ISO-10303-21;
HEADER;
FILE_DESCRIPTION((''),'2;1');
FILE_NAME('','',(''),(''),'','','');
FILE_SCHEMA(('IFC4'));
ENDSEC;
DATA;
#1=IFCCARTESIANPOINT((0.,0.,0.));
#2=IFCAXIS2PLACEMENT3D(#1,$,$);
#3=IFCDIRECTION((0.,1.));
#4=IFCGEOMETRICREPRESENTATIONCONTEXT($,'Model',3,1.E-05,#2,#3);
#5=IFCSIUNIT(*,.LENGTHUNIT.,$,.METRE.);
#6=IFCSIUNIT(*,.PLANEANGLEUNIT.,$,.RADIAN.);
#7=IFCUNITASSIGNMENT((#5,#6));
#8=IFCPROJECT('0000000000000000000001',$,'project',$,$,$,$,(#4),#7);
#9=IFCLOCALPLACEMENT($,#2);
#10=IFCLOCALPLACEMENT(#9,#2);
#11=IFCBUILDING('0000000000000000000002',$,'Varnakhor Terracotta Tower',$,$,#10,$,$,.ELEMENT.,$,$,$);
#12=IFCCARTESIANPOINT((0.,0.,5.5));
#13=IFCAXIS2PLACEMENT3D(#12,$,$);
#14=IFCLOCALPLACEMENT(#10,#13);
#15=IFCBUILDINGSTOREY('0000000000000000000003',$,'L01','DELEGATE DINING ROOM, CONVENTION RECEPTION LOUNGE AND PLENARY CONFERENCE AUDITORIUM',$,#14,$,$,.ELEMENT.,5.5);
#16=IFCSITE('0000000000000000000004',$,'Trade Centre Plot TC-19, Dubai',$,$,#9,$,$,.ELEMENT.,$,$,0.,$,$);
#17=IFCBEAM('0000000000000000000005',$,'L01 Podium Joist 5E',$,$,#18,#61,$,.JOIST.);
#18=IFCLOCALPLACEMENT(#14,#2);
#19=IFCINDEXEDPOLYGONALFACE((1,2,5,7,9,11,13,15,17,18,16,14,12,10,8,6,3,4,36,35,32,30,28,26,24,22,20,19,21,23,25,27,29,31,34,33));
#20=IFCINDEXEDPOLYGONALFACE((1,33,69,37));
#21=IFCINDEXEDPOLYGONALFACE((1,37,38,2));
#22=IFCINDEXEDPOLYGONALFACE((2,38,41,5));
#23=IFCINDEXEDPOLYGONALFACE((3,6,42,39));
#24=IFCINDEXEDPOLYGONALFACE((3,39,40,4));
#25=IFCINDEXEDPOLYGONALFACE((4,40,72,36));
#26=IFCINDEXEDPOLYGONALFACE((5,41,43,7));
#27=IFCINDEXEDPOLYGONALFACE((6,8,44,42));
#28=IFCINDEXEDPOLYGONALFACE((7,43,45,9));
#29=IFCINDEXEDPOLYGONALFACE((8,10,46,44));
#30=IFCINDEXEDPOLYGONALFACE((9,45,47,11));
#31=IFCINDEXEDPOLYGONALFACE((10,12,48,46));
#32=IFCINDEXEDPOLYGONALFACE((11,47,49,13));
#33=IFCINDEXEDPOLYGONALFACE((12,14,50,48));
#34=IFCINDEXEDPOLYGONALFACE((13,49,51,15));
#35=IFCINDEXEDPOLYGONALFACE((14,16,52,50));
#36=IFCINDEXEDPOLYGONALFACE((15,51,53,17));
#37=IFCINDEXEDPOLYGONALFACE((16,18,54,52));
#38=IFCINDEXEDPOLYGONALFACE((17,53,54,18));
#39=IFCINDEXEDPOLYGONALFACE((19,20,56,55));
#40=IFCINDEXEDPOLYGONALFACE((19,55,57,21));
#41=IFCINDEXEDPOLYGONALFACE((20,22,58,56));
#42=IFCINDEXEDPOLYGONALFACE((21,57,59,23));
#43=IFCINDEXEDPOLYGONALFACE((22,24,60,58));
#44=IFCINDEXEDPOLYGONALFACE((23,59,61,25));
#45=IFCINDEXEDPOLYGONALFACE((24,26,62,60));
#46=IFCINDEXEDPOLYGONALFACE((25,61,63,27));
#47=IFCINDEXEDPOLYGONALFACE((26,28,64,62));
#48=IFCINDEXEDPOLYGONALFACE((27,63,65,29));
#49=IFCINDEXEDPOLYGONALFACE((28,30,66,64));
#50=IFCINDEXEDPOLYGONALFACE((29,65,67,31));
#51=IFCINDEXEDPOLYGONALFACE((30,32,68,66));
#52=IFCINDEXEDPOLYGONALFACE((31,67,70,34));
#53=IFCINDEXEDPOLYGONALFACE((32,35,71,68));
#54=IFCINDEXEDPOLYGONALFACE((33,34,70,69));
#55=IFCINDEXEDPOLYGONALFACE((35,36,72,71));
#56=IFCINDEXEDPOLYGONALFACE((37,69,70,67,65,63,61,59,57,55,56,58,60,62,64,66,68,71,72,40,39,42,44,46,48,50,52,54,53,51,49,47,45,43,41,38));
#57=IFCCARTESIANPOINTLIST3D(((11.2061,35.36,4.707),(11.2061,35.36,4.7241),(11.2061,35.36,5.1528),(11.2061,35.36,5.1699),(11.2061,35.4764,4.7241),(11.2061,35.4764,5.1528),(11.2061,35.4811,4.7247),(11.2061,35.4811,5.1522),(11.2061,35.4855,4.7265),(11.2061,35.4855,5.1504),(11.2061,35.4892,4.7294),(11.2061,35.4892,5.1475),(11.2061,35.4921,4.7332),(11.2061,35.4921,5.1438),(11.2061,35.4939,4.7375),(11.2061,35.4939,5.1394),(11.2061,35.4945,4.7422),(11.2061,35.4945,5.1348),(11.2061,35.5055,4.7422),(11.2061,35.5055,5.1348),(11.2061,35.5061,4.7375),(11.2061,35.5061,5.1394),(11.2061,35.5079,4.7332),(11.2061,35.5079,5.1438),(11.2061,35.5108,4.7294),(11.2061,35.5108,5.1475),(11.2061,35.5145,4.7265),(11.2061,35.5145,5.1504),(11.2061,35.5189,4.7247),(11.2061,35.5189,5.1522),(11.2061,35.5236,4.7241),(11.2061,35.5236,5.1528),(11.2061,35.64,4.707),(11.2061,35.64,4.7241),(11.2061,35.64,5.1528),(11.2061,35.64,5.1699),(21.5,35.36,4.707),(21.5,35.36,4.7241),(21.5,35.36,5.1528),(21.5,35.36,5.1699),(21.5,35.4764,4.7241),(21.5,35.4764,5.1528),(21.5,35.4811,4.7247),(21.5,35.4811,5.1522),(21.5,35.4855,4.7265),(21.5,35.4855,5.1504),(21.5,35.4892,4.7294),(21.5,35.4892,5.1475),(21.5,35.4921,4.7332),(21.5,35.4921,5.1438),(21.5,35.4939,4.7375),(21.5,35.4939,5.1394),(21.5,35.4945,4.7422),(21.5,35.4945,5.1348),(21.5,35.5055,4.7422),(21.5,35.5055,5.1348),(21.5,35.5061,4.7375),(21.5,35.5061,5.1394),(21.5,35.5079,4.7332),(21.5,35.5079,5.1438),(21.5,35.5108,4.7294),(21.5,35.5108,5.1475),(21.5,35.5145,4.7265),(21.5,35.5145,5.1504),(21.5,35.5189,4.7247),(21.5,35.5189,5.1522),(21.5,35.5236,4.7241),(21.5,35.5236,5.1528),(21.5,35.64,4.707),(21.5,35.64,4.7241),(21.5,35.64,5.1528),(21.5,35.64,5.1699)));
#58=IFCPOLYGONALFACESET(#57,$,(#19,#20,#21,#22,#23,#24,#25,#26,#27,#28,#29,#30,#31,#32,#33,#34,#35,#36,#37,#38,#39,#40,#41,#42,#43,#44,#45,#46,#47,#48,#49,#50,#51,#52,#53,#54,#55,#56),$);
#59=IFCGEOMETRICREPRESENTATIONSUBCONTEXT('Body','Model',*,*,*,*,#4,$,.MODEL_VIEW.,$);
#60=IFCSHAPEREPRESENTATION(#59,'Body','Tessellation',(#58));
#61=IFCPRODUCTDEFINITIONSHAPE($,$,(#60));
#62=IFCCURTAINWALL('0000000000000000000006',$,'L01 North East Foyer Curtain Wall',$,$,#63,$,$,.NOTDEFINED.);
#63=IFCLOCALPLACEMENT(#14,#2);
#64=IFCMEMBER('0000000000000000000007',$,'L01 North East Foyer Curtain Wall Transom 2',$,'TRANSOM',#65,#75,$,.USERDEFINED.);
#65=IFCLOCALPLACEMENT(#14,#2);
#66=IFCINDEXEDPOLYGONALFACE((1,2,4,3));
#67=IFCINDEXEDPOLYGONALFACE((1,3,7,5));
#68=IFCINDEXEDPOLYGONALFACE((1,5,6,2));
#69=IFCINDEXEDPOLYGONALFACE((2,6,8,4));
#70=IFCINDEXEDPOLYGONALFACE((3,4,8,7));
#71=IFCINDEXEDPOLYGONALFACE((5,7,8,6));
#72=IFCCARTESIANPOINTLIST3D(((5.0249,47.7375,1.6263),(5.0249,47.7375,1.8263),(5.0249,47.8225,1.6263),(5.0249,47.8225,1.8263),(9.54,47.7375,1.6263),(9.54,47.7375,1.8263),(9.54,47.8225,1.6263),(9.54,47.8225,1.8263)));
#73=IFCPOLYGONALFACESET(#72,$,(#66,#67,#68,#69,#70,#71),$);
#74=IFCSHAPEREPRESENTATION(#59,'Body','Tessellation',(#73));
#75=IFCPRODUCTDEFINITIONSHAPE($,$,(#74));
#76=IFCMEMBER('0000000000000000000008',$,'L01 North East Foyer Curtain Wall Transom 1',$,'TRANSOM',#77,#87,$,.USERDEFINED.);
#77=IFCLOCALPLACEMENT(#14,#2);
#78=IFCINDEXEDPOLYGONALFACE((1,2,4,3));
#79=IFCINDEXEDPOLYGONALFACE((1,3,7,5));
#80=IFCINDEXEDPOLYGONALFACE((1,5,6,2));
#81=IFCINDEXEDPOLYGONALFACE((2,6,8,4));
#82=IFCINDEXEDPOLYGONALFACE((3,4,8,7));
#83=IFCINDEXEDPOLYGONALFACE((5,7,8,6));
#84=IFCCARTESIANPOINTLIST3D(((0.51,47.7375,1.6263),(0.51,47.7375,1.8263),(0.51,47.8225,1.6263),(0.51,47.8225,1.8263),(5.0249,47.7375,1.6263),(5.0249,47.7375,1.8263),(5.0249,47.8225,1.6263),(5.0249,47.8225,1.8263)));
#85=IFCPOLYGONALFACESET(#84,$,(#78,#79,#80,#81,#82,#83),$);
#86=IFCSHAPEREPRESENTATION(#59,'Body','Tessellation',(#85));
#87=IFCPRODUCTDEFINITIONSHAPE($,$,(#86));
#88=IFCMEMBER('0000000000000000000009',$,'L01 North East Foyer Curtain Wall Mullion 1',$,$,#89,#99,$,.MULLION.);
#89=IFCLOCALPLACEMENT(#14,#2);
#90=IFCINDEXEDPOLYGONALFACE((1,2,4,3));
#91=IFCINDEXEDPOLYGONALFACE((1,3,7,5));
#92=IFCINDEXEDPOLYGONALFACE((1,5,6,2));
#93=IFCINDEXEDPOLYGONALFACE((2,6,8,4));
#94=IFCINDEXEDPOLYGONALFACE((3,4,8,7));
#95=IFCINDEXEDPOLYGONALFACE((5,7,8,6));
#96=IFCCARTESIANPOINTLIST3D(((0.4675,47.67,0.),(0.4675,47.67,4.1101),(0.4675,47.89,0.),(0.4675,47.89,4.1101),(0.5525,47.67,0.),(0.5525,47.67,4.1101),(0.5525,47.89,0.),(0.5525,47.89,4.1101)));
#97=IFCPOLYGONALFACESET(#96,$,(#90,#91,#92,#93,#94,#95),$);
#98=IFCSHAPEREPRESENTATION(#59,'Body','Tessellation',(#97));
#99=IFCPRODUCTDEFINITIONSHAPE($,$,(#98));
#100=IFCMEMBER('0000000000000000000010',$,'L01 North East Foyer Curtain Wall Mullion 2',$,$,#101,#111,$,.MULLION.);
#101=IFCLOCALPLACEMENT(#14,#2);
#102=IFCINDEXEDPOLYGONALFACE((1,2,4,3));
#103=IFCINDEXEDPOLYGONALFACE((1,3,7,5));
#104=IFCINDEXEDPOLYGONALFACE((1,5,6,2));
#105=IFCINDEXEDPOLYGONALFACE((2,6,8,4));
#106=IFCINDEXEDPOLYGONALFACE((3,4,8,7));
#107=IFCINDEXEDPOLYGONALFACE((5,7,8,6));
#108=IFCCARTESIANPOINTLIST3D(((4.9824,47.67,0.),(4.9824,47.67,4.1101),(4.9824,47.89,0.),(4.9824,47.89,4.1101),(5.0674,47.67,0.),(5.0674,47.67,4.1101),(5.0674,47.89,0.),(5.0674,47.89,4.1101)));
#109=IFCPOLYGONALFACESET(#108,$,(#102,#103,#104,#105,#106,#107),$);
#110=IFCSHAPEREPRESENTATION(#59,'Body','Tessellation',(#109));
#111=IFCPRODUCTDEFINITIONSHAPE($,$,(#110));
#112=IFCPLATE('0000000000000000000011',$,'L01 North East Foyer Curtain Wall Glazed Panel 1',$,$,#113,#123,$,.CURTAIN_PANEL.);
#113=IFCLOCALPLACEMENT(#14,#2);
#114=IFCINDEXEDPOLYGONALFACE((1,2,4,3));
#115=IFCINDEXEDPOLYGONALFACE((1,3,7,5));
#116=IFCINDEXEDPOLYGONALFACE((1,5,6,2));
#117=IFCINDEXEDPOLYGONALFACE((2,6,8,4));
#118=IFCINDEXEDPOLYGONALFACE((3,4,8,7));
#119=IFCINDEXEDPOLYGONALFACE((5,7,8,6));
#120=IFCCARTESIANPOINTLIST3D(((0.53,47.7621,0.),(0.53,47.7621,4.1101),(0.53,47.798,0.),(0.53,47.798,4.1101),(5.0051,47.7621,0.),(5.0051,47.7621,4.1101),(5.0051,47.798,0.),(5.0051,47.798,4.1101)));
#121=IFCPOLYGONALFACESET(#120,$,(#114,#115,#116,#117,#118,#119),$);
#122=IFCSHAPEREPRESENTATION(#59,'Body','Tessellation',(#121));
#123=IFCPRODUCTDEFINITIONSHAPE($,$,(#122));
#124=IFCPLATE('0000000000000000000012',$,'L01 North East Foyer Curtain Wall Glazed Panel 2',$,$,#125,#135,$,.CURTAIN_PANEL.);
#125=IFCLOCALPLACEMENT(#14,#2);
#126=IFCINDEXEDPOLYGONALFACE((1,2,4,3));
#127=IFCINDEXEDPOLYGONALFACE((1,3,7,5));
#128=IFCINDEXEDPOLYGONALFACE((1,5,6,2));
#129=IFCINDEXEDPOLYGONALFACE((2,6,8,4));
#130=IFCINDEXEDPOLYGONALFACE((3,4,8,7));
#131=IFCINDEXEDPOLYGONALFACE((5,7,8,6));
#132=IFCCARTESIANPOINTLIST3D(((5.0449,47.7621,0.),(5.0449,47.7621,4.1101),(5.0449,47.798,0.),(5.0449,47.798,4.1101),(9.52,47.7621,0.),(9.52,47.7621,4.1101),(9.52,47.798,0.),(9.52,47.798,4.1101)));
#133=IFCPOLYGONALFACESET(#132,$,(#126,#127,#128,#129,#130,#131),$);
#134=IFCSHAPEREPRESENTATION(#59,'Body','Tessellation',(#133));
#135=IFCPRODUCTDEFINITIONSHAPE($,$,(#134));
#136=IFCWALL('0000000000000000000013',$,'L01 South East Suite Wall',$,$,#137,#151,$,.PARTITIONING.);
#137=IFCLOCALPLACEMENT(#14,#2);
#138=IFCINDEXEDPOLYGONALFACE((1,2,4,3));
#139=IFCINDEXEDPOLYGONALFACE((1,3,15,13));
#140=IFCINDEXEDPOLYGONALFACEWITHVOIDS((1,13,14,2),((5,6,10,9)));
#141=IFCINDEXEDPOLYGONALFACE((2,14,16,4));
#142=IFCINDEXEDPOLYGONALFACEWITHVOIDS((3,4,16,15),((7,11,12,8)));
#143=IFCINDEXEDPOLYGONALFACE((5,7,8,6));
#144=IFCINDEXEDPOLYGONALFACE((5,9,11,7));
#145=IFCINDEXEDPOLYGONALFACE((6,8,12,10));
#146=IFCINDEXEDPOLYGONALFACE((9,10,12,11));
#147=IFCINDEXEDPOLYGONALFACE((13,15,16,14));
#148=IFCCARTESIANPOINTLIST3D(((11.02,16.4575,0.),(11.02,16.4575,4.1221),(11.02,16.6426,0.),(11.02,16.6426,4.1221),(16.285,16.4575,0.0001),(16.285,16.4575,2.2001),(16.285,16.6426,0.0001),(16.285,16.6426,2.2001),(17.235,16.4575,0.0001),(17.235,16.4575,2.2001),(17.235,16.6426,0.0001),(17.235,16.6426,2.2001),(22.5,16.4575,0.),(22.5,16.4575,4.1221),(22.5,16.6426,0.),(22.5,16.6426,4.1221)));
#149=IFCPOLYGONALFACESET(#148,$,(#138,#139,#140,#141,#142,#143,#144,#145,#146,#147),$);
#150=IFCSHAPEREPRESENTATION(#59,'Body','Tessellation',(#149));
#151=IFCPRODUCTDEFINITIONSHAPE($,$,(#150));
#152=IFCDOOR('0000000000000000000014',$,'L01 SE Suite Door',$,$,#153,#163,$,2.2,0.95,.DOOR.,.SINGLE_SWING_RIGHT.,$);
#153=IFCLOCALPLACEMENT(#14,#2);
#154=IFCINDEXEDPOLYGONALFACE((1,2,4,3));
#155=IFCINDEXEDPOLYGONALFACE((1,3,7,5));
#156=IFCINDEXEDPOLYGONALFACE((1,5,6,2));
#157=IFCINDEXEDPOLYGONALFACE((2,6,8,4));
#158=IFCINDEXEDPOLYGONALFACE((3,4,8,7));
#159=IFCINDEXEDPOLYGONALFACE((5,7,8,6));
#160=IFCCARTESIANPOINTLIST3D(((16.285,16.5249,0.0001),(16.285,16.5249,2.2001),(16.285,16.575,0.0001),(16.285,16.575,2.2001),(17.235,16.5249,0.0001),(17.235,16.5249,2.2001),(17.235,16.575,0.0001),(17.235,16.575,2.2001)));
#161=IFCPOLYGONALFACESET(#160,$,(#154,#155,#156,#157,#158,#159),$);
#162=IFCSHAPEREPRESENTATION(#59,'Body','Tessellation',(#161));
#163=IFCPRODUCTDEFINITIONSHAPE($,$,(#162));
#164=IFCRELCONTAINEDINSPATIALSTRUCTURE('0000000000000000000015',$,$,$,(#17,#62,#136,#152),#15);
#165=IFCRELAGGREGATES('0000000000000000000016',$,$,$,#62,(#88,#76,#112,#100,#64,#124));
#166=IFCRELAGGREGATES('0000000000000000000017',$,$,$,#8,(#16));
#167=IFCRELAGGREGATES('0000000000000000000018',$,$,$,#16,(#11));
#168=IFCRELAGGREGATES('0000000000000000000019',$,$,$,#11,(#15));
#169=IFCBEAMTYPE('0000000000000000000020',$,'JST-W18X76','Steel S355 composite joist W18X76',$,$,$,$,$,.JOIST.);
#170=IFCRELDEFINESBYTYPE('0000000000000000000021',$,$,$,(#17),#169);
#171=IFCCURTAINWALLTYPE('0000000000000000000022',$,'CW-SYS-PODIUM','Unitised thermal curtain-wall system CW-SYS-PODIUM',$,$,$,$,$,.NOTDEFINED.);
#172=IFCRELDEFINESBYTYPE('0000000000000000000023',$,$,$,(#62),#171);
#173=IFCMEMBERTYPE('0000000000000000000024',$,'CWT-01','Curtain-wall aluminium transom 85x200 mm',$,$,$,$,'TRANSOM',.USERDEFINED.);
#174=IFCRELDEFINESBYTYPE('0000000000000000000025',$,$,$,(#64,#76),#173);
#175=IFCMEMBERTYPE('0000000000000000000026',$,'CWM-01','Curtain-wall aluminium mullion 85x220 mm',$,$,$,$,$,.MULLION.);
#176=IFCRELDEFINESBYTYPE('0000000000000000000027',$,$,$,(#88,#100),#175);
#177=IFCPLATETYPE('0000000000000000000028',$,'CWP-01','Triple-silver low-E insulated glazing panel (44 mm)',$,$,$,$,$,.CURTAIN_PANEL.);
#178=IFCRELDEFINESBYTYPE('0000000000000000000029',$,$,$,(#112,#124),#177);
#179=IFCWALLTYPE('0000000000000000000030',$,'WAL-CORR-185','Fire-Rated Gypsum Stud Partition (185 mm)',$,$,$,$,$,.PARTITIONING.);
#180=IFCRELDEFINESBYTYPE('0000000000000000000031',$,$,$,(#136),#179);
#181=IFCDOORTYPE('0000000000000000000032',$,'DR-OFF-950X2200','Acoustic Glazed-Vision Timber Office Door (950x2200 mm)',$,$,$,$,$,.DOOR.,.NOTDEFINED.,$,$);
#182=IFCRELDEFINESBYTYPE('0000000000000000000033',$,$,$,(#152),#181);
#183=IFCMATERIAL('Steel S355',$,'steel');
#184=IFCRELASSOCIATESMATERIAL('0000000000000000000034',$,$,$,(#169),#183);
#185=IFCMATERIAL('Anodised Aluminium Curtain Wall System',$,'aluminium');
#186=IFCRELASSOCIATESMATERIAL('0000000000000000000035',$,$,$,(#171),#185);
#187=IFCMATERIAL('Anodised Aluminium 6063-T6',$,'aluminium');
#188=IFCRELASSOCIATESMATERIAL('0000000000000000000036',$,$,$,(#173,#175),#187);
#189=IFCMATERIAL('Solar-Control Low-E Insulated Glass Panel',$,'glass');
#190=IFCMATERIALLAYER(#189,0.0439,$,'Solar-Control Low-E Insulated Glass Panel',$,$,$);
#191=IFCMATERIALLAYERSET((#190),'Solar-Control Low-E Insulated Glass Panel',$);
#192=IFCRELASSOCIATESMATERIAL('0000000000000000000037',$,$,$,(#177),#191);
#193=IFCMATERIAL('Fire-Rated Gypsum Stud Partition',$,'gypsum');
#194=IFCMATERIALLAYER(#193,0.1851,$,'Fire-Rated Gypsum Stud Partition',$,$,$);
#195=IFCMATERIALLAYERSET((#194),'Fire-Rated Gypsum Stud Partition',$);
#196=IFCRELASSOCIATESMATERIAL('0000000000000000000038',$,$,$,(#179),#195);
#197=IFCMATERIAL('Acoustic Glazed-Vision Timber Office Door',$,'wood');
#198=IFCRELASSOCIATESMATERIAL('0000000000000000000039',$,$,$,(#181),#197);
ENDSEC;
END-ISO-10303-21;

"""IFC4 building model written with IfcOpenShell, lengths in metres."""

from ifc_helpers import new_model, si_unit, direction, frame, frame_2d, origin, origin_2d, place, context, subcontext, project, spatial, rectangle, i_section, extrude, source, transform, mapped, material, layer, layer_set, material_profile, profile_set, type_object, type_shapes, element, fill, aggregate, save


model = new_model("IFC4")

# Units and contexts
model_context = context("Model", 3, precision=1e-05, world=origin(), true_north=direction((0.0, 1.0)))
body_context = subcontext(model_context, "Body", "Model", "MODEL_VIEW")
ifc_project = project(units=[si_unit("LENGTHUNIT", "METRE"), si_unit("PLANEANGLEUNIT", "RADIAN")], contexts=[model_context])

# Site, building, storey
site_placement = place(None, origin())
site = spatial("IfcSite", under=ifc_project, at=site_placement, Name="Trade Centre Plot TC-19, Dubai", CompositionType="ELEMENT", RefElevation=0.0)
building_placement = place(site_placement, origin())
building = spatial("IfcBuilding", under=site, at=building_placement, Name="Varnakhor Terracotta Tower", CompositionType="ELEMENT")
storey_placement = place(building_placement, frame((0.0, 0.0, 5.5)))
storey = spatial("IfcBuildingStorey", under=building, at=storey_placement, Name="L01", Description="DELEGATE DINING ROOM, CONVENTION RECEPTION LOUNGE AND PLENARY CONFERENCE AUDITORIUM", CompositionType="ELEMENT", Elevation=5.5)

# Beam
ifc_material_1 = material(Name="Steel S355", Category="steel")
ifc_material_profile_1 = material_profile(ifc_material_1, i_section(OverallWidth=0.28, OverallDepth=0.4629, WebThickness=0.011, FlangeThickness=0.0171, FilletRadius=0.0181, at=origin_2d()), Name="W18X76")
ifc_profile_set_1 = profile_set([ifc_material_profile_1], Name="Steel S355")
beam_type_1 = type_object("IfcBeamType", Name="JST-W18X76", Description="Steel S355 composite joist W18X76", PredefinedType="JOIST", material=ifc_profile_set_1)
shared_shape_1 = source(origin(), body_context, "Body", "SweptSolid", [
    extrude(i_section(OverallWidth=0.28, OverallDepth=0.4629, WebThickness=0.011, FlangeThickness=0.0171, FilletRadius=0.0181, at=origin_2d()), origin(), (0.0, 0.0, 1.0), 10.2939),
])
type_shapes(beam_type_1, [shared_shape_1])
for number, where, z_axis, x_axis, name in (
    (1, (11.2061, 35.5, 4.9385), (1.0, 0.0, 0.0), (0.0, 1.0, 0.0), "L01 Podium Joist 5E"),
):
    element("IfcBeam", number, at=place(storey_placement, frame(where, z_axis=z_axis, x_axis=x_axis)), inside=storey, type_object=beam_type_1, Name=name, PredefinedType="JOIST", context=body_context, shape_type="MappedRepresentation", body=[
        mapped(shared_shape_1, transform((0.0, 0.0, 0.0), scale=1.0)),
    ])

# Curtain wall, members, plates
ifc_material_2 = material(Name="Anodised Aluminium Curtain Wall System", Category="aluminium")
curtain_wall_type = type_object("IfcCurtainWallType", Name="CW-SYS-PODIUM", Description="Unitised thermal curtain-wall system CW-SYS-PODIUM", PredefinedType="NOTDEFINED", material=ifc_material_2)
curtain_wall_placement = place(storey_placement, origin())
curtain_wall = element("IfcCurtainWall", 2, at=curtain_wall_placement, inside=storey, type_object=curtain_wall_type, Name="L01 North East Foyer Curtain Wall", PredefinedType="NOTDEFINED")
ifc_material_3 = material(Name="Anodised Aluminium 6063-T6", Category="aluminium")
ifc_material_profile_2 = material_profile(ifc_material_3, rectangle(XDim=0.085, YDim=0.2, at=origin_2d()), Name="ALU TRANSOM 85x200")
ifc_profile_set_2 = profile_set([ifc_material_profile_2], Name="Anodised Aluminium 6063-T6")
member_type_1 = type_object("IfcMemberType", Name="CWT-01", Description="Curtain-wall aluminium transom 85x200 mm", ElementType="TRANSOM", PredefinedType="USERDEFINED", material=ifc_profile_set_2)
shared_shape_2 = source(origin(), body_context, "Body", "SweptSolid", [
    extrude(rectangle(XDim=0.085, YDim=0.2, at=origin_2d()), origin(), (0.0, 0.0, 1.0), 4.5151),
])
type_shapes(member_type_1, [shared_shape_2])
member_1_placement = place(storey_placement, frame((5.0249, 47.78, 1.7263), z_axis=(1.0, 0.0, 0.0), x_axis=(0.0, 1.0, 0.0)))
member_1 = element("IfcMember", 3, at=member_1_placement, type_object=member_type_1, Name="L01 North East Foyer Curtain Wall Transom 2", ObjectType="TRANSOM", PredefinedType="USERDEFINED", context=body_context, shape_type="MappedRepresentation", body=[
    mapped(shared_shape_2, transform((0.0, 0.0, 0.0), scale=1.0)),
])
shared_shape_3 = source(origin(), body_context, "Body", "SweptSolid", [
    extrude(rectangle(XDim=0.085, YDim=0.2, at=origin_2d()), origin(), (0.0, 0.0, 1.0), 4.5149),
])
member_2_placement = place(storey_placement, frame((0.51, 47.78, 1.7263), z_axis=(1.0, 0.0, 0.0), x_axis=(0.0, 1.0, 0.0)))
member_2 = element("IfcMember", 4, at=member_2_placement, type_object=member_type_1, Name="L01 North East Foyer Curtain Wall Transom 1", ObjectType="TRANSOM", PredefinedType="USERDEFINED", context=body_context, shape_type="MappedRepresentation", body=[
    mapped(shared_shape_3, transform((0.0, 0.0, 0.0), scale=1.0)),
])
ifc_material_profile_3 = material_profile(ifc_material_3, rectangle(XDim=0.085, YDim=0.22, at=origin_2d()), Name="ALU MULLION 85x220")
ifc_profile_set_3 = profile_set([ifc_material_profile_3], Name="Anodised Aluminium 6063-T6")
member_type_2 = type_object("IfcMemberType", Name="CWM-01", Description="Curtain-wall aluminium mullion 85x220 mm", PredefinedType="MULLION", material=ifc_profile_set_3)
shared_shape_4 = source(origin(), body_context, "Body", "SweptSolid", [
    extrude(rectangle(XDim=0.085, YDim=0.22, at=origin_2d()), origin(), (0.0, 0.0, 1.0), 4.1101),
])
member_3_placement = place(storey_placement, frame((0.51, 47.78, 0.0), z_axis=(0.0, 0.0, 1.0), x_axis=(1.0, 0.0, 0.0)))
member_3 = element("IfcMember", 5, at=member_3_placement, type_object=member_type_2, Name="L01 North East Foyer Curtain Wall Mullion 1", PredefinedType="MULLION", context=body_context, shape_type="MappedRepresentation", body=[
    mapped(shared_shape_4, transform((0.0, 0.0, 0.0), scale=1.0)),
])
member_4_placement = place(storey_placement, frame((5.0249, 47.78, 0.0), z_axis=(0.0, 0.0, 1.0), x_axis=(1.0, 0.0, 0.0)))
member_4 = element("IfcMember", 6, at=member_4_placement, type_object=member_type_2, Name="L01 North East Foyer Curtain Wall Mullion 2", PredefinedType="MULLION", context=body_context, shape_type="MappedRepresentation", body=[
    mapped(shared_shape_4, transform((0.0, 0.0, 0.0), scale=1.0)),
])
ifc_material_4 = material(Name="Solar-Control Low-E Insulated Glass Panel", Category="glass")
ifc_layer_1 = layer(ifc_material_4, 0.0439, Name="Solar-Control Low-E Insulated Glass Panel")
ifc_layer_set_1 = layer_set([ifc_layer_1], Name="Solar-Control Low-E Insulated Glass Panel")
plate_type = type_object("IfcPlateType", Name="CWP-01", Description="Triple-silver low-E insulated glazing panel (44 mm)", PredefinedType="CURTAIN_PANEL", material=ifc_layer_set_1)
shared_shape_5 = source(origin(), body_context, "Body", "SweptSolid", [
    extrude(rectangle(XDim=4.4751, YDim=0.0359, at=origin_2d()), origin(), (0.0, 0.0, 1.0), 4.1101),
])
plate_1_placement = place(storey_placement, frame((2.7676, 47.78, 0.0), z_axis=(0.0, 0.0, 1.0), x_axis=(1.0, 0.0, 0.0)))
plate_1 = element("IfcPlate", 7, at=plate_1_placement, type_object=plate_type, Name="L01 North East Foyer Curtain Wall Glazed Panel 1", PredefinedType="CURTAIN_PANEL", context=body_context, shape_type="MappedRepresentation", body=[
    mapped(shared_shape_5, transform((0.0, 0.0, 0.0), scale=1.0)),
])
plate_2_placement = place(storey_placement, frame((7.2825, 47.78, 0.0), z_axis=(0.0, 0.0, 1.0), x_axis=(1.0, 0.0, 0.0)))
plate_2 = element("IfcPlate", 8, at=plate_2_placement, type_object=plate_type, Name="L01 North East Foyer Curtain Wall Glazed Panel 2", PredefinedType="CURTAIN_PANEL", context=body_context, shape_type="MappedRepresentation", body=[
    mapped(shared_shape_5, transform((0.0, 0.0, 0.0), scale=1.0)),
])
aggregate(curtain_wall, [member_3, member_2, plate_1, member_4, member_1, plate_2])

# Wall, opening, door
ifc_material_5 = material(Name="Fire-Rated Gypsum Stud Partition", Category="gypsum")
ifc_layer_2 = layer(ifc_material_5, 0.1851, Name="Fire-Rated Gypsum Stud Partition")
ifc_layer_set_2 = layer_set([ifc_layer_2], Name="Fire-Rated Gypsum Stud Partition")
wall_type_1 = type_object("IfcWallType", Name="WAL-CORR-185", Description="Fire-Rated Gypsum Stud Partition (185 mm)", PredefinedType="PARTITIONING", material=ifc_layer_set_2)
wall_1_placement = place(storey_placement, frame((11.02, 16.55, 0.0), z_axis=(0.0, 0.0, 1.0), x_axis=(1.0, 0.0, 0.0)))
wall_1 = element("IfcWall", 9, at=wall_1_placement, inside=storey, type_object=wall_type_1, Name="L01 South East Suite Wall", PredefinedType="PARTITIONING", context=body_context, shape_type="SweptSolid", body=[
    extrude(rectangle(XDim=11.48, YDim=0.1851, at=frame_2d((5.74, 0.0))), origin(), (0.0, 0.0, 1.0), 4.1221),
])
opening_1_placement = place(wall_1_placement, frame((5.2649, 0.0, 0.0)))
opening_1 = element("IfcOpeningElement", 10, at=opening_1_placement, cuts=wall_1, PredefinedType="OPENING", context=body_context, shape_type="SweptSolid", body=[
    extrude(rectangle(XDim=0.95, YDim=2.2, at=frame_2d((0.4751, 1.1001))), frame((0.0, 0.1025, 0.0), z_axis=(0.0, -1.0, 0.0), x_axis=(1.0, 0.0, 0.0)), (0.0, 0.0, 1.0), 0.2051),
])
ifc_material_6 = material(Name="Acoustic Glazed-Vision Timber Office Door", Category="wood")
door_type_1 = type_object("IfcDoorType", Name="DR-OFF-950X2200", Description="Acoustic Glazed-Vision Timber Office Door (950x2200 mm)", OperationType="NOTDEFINED", PredefinedType="DOOR", material=ifc_material_6)
shared_shape_6 = source(origin(), body_context, "Body", "SweptSolid", [
    extrude(rectangle(XDim=0.95, YDim=2.2, at=frame_2d((0.4751, 1.1001))), frame((0.0, 0.0249, 0.0), z_axis=(0.0, -1.0, 0.0), x_axis=(1.0, 0.0, 0.0)), (0.0, 0.0, 1.0), 0.05),
])
type_shapes(door_type_1, [shared_shape_6])
door_1_placement = place(opening_1_placement, origin())
door_1 = element("IfcDoor", 11, at=door_1_placement, inside=storey, type_object=door_type_1, Name="L01 SE Suite Door", OperationType="SINGLE_SWING_RIGHT", OverallHeight=2.2, OverallWidth=0.95, PredefinedType="DOOR", context=body_context, shape_type="MappedRepresentation", body=[
    mapped(shared_shape_6, transform((0.0, 0.0, 0.0), scale=1.0)),
])
fill(opening_1, door_1)

save(model, "model.ifc")
